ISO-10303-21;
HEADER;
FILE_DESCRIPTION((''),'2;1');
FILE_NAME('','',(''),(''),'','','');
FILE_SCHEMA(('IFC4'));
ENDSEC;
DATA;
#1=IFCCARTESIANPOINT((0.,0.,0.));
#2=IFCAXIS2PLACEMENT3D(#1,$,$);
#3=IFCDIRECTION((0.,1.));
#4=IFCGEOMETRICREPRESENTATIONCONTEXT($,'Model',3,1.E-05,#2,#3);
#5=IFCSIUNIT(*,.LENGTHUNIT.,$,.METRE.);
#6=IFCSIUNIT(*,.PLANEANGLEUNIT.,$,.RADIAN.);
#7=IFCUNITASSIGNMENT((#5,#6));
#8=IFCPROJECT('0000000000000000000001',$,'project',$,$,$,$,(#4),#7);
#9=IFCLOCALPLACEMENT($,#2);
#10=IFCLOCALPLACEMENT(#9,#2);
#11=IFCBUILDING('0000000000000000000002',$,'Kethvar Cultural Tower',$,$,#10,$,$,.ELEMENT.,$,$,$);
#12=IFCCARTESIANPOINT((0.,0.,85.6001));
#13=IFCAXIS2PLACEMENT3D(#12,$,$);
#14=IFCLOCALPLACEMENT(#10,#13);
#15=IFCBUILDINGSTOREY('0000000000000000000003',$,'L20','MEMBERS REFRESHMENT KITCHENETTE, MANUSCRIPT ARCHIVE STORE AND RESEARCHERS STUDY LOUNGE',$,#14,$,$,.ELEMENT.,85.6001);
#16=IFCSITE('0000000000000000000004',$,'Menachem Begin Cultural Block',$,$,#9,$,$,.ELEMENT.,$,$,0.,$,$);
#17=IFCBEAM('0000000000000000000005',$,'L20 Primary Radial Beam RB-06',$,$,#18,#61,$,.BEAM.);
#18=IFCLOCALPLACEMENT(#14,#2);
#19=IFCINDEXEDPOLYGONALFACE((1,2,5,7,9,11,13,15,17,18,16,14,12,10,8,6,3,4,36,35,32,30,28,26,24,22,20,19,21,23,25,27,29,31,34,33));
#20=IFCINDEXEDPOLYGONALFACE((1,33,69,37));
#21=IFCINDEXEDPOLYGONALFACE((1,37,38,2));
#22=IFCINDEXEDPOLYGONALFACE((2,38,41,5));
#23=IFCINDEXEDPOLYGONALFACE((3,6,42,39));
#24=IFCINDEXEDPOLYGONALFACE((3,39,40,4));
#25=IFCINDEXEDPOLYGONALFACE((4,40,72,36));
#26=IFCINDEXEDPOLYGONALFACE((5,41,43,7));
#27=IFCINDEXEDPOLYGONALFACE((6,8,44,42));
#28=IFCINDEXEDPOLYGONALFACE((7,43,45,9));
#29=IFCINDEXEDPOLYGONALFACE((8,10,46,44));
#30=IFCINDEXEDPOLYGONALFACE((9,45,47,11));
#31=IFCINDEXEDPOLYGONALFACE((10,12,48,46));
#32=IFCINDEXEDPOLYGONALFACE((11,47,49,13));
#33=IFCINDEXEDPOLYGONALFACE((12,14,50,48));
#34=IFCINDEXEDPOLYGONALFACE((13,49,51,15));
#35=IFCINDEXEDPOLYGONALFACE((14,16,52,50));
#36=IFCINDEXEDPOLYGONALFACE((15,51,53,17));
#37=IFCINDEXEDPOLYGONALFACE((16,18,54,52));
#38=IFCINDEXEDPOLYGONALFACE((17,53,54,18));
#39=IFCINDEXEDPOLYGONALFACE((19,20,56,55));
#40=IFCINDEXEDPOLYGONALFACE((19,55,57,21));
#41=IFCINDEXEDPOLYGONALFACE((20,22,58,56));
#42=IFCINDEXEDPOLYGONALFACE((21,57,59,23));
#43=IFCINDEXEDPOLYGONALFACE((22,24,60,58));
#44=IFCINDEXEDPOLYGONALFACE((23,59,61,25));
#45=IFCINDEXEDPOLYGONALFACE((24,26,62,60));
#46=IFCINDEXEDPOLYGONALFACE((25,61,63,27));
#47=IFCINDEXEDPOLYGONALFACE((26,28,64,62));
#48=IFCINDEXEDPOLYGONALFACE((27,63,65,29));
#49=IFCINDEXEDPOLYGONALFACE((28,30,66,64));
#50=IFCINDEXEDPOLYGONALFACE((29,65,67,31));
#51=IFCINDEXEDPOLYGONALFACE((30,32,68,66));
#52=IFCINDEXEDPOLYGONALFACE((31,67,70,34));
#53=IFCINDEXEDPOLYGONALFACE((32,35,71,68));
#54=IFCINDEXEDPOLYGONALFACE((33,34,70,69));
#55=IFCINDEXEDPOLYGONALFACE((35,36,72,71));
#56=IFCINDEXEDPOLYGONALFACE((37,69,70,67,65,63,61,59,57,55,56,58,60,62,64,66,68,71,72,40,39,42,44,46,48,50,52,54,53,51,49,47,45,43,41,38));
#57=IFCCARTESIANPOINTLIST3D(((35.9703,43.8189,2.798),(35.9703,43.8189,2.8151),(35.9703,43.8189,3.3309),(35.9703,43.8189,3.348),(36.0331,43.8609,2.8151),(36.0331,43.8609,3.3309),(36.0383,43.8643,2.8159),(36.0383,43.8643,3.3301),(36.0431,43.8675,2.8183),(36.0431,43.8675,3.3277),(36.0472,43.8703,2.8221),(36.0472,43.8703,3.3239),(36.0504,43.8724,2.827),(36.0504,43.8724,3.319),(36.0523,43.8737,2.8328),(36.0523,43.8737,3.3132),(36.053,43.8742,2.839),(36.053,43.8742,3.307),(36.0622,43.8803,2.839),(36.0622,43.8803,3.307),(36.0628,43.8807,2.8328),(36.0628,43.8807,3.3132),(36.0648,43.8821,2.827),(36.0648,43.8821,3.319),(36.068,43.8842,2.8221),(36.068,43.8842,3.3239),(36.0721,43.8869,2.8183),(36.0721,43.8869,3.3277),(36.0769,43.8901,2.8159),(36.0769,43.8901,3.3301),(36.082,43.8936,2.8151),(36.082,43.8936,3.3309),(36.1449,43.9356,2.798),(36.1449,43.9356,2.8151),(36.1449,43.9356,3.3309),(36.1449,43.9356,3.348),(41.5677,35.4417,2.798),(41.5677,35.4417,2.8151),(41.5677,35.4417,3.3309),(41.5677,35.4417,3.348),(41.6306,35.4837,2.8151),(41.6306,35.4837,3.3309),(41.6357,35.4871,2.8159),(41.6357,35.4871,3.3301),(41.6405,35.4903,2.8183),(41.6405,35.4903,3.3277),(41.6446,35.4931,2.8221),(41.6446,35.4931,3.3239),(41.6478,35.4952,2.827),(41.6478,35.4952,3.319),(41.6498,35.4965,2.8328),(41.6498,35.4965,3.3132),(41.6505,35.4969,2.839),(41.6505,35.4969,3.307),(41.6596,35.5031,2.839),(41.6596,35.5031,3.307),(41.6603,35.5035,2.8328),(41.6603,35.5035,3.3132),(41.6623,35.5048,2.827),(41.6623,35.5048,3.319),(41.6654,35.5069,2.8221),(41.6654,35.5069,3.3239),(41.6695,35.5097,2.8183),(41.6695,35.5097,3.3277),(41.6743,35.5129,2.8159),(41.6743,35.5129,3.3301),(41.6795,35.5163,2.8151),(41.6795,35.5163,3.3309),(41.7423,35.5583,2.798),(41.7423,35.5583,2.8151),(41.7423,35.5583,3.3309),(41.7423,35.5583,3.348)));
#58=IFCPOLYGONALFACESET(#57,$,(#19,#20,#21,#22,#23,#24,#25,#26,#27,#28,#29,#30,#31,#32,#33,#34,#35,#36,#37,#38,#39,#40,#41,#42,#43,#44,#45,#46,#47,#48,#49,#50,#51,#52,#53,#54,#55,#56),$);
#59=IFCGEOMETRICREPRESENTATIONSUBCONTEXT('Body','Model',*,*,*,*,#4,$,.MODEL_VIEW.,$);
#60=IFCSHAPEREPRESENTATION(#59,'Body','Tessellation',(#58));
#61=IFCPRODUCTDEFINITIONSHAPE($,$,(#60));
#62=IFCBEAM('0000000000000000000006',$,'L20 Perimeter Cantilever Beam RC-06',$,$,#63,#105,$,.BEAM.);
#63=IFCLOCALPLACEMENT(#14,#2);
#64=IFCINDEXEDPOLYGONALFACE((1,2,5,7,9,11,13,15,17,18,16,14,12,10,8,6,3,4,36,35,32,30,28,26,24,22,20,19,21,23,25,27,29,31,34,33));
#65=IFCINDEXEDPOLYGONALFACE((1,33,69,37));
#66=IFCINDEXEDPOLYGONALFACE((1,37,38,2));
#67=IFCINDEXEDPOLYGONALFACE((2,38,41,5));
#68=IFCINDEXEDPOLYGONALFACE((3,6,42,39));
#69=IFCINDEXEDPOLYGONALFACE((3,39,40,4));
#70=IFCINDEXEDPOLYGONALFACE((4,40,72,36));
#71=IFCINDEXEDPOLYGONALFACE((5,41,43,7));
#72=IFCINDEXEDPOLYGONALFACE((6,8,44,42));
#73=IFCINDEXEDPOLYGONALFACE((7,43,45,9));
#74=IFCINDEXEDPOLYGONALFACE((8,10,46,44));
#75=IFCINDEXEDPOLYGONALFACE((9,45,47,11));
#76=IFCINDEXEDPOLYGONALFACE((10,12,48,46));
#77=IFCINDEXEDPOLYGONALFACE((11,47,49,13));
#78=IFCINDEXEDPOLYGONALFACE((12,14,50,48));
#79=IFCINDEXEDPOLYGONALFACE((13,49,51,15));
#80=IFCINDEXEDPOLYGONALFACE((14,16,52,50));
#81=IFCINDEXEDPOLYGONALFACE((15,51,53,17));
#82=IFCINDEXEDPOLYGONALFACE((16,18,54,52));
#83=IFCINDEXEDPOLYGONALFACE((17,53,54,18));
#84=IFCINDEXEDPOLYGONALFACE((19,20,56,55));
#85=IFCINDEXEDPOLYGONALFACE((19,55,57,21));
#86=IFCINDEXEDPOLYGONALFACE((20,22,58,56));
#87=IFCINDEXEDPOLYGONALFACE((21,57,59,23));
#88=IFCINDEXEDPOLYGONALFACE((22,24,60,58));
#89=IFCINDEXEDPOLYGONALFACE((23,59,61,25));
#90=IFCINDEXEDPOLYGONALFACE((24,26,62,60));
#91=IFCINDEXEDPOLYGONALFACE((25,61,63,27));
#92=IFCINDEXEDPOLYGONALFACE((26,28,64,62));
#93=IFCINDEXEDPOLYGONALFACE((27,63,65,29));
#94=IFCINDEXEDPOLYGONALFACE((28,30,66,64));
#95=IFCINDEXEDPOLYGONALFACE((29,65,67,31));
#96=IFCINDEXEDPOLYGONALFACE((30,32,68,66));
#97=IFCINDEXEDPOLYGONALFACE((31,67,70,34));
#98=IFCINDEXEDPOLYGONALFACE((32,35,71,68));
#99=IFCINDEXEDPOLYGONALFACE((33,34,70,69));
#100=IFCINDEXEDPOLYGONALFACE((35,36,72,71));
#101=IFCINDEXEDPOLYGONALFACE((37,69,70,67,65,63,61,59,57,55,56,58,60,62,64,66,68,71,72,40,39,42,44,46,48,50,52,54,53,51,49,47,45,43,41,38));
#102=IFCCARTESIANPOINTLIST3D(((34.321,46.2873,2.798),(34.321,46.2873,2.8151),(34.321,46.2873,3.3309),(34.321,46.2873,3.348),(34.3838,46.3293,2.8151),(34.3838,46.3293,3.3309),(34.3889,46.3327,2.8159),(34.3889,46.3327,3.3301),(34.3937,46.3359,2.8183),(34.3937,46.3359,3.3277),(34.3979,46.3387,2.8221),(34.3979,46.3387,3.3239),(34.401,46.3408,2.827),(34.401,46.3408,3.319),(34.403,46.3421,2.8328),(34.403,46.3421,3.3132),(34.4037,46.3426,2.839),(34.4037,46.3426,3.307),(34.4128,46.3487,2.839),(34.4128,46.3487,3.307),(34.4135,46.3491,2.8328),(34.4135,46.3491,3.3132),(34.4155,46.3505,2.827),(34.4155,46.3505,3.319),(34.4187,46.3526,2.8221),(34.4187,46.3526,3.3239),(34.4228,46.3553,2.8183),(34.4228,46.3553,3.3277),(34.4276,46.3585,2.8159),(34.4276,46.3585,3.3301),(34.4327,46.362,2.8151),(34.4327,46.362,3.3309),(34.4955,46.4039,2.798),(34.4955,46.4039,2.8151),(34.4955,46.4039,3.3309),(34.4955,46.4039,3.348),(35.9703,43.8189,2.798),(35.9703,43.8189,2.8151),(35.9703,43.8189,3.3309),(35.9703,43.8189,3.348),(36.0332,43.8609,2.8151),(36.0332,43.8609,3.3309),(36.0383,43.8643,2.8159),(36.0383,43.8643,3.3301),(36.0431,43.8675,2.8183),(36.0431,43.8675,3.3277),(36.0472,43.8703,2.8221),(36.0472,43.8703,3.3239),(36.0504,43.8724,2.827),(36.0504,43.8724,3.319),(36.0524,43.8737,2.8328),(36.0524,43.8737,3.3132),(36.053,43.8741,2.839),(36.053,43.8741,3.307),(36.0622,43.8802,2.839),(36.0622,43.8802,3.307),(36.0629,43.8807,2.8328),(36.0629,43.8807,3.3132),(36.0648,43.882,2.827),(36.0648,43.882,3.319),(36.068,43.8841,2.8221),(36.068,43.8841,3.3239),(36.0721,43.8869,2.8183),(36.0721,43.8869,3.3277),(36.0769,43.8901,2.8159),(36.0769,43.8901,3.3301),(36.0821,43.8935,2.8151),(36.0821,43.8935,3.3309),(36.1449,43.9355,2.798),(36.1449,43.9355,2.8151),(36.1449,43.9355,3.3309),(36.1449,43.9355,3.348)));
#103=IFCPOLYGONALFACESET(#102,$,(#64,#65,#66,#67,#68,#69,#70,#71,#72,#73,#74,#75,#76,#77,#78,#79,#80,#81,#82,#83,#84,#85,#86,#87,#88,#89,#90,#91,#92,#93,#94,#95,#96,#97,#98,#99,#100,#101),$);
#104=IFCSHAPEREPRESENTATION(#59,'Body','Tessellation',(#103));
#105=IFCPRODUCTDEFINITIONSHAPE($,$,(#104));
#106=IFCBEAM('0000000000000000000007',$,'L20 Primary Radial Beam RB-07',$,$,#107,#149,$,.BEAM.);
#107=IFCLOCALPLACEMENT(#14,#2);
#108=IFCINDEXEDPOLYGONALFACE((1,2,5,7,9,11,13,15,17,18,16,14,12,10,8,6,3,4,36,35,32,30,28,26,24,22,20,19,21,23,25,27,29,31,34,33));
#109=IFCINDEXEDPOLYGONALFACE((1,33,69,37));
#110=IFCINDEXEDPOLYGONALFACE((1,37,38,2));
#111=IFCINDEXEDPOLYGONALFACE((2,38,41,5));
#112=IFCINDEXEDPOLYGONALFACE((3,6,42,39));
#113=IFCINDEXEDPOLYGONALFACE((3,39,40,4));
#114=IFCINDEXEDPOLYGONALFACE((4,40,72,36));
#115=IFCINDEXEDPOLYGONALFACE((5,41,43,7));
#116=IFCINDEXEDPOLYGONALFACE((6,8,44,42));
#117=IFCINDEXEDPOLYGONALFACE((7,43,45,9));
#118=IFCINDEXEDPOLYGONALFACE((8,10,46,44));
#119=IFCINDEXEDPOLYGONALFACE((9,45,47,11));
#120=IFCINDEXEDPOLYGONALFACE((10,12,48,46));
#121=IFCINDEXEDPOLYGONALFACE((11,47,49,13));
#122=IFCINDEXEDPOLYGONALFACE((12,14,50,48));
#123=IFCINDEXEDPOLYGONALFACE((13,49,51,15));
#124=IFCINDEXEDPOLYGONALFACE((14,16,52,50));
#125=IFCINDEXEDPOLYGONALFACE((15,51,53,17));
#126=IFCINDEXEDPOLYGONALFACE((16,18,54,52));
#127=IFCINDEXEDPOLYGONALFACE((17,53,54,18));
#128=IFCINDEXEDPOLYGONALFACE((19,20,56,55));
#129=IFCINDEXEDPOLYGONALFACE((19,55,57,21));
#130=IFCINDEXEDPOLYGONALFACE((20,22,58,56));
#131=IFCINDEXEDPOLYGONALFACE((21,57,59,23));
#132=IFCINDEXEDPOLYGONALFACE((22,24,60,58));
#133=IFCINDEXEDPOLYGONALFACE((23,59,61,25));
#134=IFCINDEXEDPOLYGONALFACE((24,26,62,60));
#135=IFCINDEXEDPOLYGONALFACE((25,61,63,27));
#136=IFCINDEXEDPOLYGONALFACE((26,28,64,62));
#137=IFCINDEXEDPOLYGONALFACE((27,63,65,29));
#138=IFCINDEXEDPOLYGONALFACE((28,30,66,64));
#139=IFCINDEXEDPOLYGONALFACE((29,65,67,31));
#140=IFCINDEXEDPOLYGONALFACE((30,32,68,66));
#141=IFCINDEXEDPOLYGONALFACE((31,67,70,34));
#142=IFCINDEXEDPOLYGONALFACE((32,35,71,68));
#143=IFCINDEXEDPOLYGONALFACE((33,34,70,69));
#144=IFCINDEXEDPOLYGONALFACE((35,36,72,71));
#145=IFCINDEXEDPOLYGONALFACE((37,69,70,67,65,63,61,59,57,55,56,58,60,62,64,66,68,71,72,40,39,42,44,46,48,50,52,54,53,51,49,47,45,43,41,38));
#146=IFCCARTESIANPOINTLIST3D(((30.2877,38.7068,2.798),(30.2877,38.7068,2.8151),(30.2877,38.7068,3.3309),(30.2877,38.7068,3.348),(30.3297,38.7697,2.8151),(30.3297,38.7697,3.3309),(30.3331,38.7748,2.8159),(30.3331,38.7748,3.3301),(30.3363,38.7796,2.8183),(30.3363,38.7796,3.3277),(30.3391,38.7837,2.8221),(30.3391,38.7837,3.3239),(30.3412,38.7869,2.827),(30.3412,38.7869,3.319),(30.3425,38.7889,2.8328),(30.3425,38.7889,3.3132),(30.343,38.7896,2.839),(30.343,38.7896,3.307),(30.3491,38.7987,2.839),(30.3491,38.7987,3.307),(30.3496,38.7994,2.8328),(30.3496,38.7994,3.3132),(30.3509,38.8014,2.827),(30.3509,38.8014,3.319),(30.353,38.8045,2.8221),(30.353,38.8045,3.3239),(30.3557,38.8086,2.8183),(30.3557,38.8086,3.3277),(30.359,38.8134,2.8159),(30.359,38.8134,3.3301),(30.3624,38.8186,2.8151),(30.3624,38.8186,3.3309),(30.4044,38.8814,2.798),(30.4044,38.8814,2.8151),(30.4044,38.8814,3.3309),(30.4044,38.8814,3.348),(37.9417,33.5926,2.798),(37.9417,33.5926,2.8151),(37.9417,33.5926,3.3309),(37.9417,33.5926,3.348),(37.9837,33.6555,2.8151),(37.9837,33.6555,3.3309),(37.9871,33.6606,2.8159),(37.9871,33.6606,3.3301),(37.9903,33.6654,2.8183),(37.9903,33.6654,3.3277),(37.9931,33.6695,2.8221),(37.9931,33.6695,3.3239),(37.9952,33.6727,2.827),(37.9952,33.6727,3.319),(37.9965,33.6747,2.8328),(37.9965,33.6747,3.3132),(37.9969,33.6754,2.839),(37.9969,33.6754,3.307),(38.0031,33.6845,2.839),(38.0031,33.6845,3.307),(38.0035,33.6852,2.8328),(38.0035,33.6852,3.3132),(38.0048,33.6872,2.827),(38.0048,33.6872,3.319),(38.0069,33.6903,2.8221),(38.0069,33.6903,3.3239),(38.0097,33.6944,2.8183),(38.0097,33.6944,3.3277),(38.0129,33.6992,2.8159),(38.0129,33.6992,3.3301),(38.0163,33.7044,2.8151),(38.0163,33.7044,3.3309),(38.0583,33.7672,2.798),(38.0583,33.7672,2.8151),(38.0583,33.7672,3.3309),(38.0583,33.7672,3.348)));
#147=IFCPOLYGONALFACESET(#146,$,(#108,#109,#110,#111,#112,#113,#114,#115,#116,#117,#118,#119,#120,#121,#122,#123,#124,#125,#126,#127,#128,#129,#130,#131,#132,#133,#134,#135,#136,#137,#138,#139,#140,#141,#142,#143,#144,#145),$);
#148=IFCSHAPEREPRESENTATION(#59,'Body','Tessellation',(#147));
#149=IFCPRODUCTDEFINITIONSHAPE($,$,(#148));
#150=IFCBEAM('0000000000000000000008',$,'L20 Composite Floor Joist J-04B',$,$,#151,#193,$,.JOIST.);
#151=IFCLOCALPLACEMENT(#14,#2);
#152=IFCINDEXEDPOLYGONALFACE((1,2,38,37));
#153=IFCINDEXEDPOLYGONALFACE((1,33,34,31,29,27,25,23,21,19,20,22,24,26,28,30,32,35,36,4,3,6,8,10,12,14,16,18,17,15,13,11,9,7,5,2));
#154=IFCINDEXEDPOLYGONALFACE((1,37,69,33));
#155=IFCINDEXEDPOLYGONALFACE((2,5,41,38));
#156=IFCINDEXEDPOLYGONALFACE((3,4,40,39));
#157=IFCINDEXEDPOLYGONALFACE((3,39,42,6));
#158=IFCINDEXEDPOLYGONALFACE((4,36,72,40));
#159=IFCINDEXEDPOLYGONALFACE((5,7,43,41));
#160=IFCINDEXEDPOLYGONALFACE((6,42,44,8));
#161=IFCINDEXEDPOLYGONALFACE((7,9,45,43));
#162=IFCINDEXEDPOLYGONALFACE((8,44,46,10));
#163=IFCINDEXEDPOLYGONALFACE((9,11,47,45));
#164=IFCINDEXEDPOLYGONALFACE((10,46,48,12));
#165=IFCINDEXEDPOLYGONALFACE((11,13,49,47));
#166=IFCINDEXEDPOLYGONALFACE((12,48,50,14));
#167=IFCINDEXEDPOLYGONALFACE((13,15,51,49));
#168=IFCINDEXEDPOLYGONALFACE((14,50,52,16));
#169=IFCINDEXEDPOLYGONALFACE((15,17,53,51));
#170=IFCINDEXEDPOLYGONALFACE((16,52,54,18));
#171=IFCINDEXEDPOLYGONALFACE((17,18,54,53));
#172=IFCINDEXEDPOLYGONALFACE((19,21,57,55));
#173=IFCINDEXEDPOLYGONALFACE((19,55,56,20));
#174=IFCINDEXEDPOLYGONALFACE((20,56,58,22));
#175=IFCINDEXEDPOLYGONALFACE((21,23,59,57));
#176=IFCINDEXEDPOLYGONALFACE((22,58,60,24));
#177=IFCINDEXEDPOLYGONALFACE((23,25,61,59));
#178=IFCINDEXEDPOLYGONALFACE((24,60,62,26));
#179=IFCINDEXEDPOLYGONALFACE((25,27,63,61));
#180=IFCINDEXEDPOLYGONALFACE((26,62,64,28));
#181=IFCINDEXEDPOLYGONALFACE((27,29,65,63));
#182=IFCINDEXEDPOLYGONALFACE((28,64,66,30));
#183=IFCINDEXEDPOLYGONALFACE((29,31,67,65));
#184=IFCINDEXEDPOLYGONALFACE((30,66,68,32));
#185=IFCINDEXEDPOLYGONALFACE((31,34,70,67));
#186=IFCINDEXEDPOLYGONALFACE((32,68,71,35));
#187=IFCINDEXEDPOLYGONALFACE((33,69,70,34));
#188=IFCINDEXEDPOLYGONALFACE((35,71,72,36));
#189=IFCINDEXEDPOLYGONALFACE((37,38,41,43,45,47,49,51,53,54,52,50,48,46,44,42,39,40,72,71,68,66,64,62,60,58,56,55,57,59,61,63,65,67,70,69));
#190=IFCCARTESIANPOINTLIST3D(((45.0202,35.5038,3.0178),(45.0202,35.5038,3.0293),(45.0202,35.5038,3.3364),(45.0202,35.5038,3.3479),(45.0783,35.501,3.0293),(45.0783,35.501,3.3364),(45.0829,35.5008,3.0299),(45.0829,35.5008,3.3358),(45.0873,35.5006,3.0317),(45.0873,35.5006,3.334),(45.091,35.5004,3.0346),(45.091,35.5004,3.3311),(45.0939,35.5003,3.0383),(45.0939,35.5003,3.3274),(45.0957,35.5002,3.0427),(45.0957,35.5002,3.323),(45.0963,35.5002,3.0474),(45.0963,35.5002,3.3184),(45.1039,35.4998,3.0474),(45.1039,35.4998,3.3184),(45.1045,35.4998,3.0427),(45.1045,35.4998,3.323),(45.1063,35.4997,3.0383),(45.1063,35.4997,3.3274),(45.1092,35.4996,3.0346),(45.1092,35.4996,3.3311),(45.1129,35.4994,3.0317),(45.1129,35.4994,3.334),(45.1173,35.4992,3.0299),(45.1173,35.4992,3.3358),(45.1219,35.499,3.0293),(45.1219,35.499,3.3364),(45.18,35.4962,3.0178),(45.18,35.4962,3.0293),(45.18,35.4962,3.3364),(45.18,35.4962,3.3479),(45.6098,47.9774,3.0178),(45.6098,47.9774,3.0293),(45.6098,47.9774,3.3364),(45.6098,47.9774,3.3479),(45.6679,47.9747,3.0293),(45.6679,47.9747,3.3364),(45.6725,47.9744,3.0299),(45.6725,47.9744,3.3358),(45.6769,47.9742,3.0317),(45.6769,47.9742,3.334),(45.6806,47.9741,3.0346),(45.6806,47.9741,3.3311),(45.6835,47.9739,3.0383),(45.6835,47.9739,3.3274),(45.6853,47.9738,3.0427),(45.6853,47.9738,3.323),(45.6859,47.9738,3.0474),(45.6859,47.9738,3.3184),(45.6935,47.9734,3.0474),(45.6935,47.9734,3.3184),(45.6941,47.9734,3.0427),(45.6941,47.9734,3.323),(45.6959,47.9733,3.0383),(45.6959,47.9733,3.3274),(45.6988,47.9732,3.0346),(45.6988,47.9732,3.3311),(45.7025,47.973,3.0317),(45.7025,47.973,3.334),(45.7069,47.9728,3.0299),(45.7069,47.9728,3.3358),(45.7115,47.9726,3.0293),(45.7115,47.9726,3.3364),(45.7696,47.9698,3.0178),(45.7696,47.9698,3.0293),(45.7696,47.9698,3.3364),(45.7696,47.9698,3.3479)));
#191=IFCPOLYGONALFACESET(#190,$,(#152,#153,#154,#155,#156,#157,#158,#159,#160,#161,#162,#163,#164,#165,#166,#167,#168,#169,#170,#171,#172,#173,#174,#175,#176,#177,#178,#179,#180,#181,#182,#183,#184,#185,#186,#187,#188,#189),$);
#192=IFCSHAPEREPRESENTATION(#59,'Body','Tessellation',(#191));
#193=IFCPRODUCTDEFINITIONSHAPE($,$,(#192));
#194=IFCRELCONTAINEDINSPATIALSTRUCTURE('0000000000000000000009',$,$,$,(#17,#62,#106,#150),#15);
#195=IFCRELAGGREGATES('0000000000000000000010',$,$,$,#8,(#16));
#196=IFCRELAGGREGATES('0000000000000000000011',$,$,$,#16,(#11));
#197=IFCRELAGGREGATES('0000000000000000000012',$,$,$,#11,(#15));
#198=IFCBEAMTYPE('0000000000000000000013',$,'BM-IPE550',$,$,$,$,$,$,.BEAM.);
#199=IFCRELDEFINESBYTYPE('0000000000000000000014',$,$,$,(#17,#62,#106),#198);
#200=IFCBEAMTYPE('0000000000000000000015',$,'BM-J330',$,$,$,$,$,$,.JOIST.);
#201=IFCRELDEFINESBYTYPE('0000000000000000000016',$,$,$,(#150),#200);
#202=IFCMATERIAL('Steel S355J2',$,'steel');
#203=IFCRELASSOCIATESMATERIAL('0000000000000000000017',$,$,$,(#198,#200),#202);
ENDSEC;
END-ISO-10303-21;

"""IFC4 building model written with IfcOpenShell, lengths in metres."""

from ifc_helpers import new_model, si_unit, direction, frame, origin, origin_2d, place, context, subcontext, project, spatial, i_section, extrude, source, transform, mapped, material, material_profile, profile_set, type_object, element, save


model = new_model("IFC4")

# Units and contexts
model_context = context("Model", 3, precision=1e-05, world=origin(), true_north=direction((0.0, 1.0)))
body_context = subcontext(model_context, "Body", "Model", "MODEL_VIEW")
ifc_project = project(units=[si_unit("LENGTHUNIT", "METRE"), si_unit("PLANEANGLEUNIT", "RADIAN")], contexts=[model_context])

# Site, building, storey
site_placement = place(None, origin())
site = spatial("IfcSite", under=ifc_project, at=site_placement, Name="Menachem Begin Cultural Block", CompositionType="ELEMENT", RefElevation=0.0)
building_placement = place(site_placement, origin())
building = spatial("IfcBuilding", under=site, at=building_placement, Name="Kethvar Cultural Tower", CompositionType="ELEMENT")
storey_placement = place(building_placement, frame((0.0, 0.0, 85.6001)))
storey = spatial("IfcBuildingStorey", under=building, at=storey_placement, Name="L20", Description="MEMBERS REFRESHMENT KITCHENETTE, MANUSCRIPT ARCHIVE STORE AND RESEARCHERS STUDY LOUNGE", CompositionType="ELEMENT", Elevation=85.6001)

# Beams
ifc_material_1 = material(Name="Steel S355J2", Category="steel")
ifc_material_profile_1 = material_profile(ifc_material_1, i_section(OverallWidth=0.21, OverallDepth=0.55, WebThickness=0.011, FlangeThickness=0.0171, FilletRadius=0.0239, at=origin_2d()), Name="Steel S355J2 — IPE550")
ifc_profile_set_1 = profile_set([ifc_material_profile_1], Name="Steel S355J2 — IPE550")
beam_type_1 = type_object("IfcBeamType", Name="BM-IPE550", PredefinedType="BEAM", material=ifc_profile_set_1)
shared_shape_1 = source(origin(), body_context, "Body", "SweptSolid", [
    extrude(i_section(OverallWidth=0.21, OverallDepth=0.55, WebThickness=0.011, FlangeThickness=0.0171, FilletRadius=0.0239, at=origin_2d()), origin(), (0.0, 0.0, 1.0), 10.0752),
])
beam_1_placement = place(storey_placement, frame((41.655, 35.5, 3.073), z_axis=(-0.555567, 0.831472, 0.0), x_axis=(-0.831472, -0.555567, 0.0)))
element("IfcBeam", 1, at=beam_1_placement, inside=storey, type_object=beam_type_1, Name="L20 Primary Radial Beam RB-06", PredefinedType="BEAM", context=body_context, shape_type="MappedRepresentation", body=[
    mapped(shared_shape_1, transform((0.0, 0.0, 0.0), scale=1.0)),
])
shared_shape_2 = source(origin(), body_context, "Body", "SweptSolid", [
    extrude(i_section(OverallWidth=0.21, OverallDepth=0.55, WebThickness=0.011, FlangeThickness=0.0171, FilletRadius=0.0239, at=origin_2d()), origin(), (0.0, 0.0, 1.0), 2.9688),
])
beam_2_placement = place(storey_placement, frame((36.0576, 43.8772, 3.073), z_axis=(-0.555573, 0.831468, 0.0), x_axis=(-0.831468, -0.555573, 0.0)))
element("IfcBeam", 2, at=beam_2_placement, inside=storey, type_object=beam_type_1, Name="L20 Perimeter Cantilever Beam RC-06", PredefinedType="BEAM", context=body_context, shape_type="MappedRepresentation", body=[
    mapped(shared_shape_2, transform((0.0, 0.0, 0.0), scale=1.0)),
])
shared_shape_3 = source(origin(), body_context, "Body", "SweptSolid", [
    extrude(i_section(OverallWidth=0.21, OverallDepth=0.55, WebThickness=0.011, FlangeThickness=0.0171, FilletRadius=0.0239, at=origin_2d()), origin(), (0.0, 0.0, 1.0), 9.2053),
])
beam_3_placement = place(storey_placement, frame((38.0, 33.6799, 3.073), z_axis=(-0.83147, 0.555569, 0.0), x_axis=(-0.555569, -0.83147, 0.0)))
element("IfcBeam", 3, at=beam_3_placement, inside=storey, type_object=beam_type_1, Name="L20 Primary Radial Beam RB-07", PredefinedType="BEAM", context=body_context, shape_type="MappedRepresentation", body=[
    mapped(shared_shape_3, transform((0.0, 0.0, 0.0), scale=1.0)),
])
ifc_material_profile_2 = material_profile(ifc_material_1, i_section(OverallWidth=0.1599, OverallDepth=0.3301, WebThickness=0.0076, FlangeThickness=0.0115, FilletRadius=0.0181, at=origin_2d()), Name="Steel S355J2 — IPE330")
ifc_profile_set_2 = profile_set([ifc_material_profile_2], Name="Steel S355J2 — IPE330")
beam_type_2 = type_object("IfcBeamType", Name="BM-J330", PredefinedType="JOIST", material=ifc_profile_set_2)
shared_shape_4 = source(origin(), body_context, "Body", "SweptSolid", [
    extrude(i_section(OverallWidth=0.1599, OverallDepth=0.3301, WebThickness=0.0076, FlangeThickness=0.0115, FilletRadius=0.0181, at=origin_2d()), origin(), (0.0, 0.0, 1.0), 12.4875),
])
beam_4_placement = place(storey_placement, frame((45.1001, 35.5, 3.1829), z_axis=(0.047215, 0.998885, 0.0), x_axis=(-0.998885, 0.047215, 0.0)))
element("IfcBeam", 4, at=beam_4_placement, inside=storey, type_object=beam_type_2, Name="L20 Composite Floor Joist J-04B", PredefinedType="JOIST", context=body_context, shape_type="MappedRepresentation", body=[
    mapped(shared_shape_4, transform((0.0, 0.0, 0.0), scale=1.0)),
])

save(model, "model.ifc")
